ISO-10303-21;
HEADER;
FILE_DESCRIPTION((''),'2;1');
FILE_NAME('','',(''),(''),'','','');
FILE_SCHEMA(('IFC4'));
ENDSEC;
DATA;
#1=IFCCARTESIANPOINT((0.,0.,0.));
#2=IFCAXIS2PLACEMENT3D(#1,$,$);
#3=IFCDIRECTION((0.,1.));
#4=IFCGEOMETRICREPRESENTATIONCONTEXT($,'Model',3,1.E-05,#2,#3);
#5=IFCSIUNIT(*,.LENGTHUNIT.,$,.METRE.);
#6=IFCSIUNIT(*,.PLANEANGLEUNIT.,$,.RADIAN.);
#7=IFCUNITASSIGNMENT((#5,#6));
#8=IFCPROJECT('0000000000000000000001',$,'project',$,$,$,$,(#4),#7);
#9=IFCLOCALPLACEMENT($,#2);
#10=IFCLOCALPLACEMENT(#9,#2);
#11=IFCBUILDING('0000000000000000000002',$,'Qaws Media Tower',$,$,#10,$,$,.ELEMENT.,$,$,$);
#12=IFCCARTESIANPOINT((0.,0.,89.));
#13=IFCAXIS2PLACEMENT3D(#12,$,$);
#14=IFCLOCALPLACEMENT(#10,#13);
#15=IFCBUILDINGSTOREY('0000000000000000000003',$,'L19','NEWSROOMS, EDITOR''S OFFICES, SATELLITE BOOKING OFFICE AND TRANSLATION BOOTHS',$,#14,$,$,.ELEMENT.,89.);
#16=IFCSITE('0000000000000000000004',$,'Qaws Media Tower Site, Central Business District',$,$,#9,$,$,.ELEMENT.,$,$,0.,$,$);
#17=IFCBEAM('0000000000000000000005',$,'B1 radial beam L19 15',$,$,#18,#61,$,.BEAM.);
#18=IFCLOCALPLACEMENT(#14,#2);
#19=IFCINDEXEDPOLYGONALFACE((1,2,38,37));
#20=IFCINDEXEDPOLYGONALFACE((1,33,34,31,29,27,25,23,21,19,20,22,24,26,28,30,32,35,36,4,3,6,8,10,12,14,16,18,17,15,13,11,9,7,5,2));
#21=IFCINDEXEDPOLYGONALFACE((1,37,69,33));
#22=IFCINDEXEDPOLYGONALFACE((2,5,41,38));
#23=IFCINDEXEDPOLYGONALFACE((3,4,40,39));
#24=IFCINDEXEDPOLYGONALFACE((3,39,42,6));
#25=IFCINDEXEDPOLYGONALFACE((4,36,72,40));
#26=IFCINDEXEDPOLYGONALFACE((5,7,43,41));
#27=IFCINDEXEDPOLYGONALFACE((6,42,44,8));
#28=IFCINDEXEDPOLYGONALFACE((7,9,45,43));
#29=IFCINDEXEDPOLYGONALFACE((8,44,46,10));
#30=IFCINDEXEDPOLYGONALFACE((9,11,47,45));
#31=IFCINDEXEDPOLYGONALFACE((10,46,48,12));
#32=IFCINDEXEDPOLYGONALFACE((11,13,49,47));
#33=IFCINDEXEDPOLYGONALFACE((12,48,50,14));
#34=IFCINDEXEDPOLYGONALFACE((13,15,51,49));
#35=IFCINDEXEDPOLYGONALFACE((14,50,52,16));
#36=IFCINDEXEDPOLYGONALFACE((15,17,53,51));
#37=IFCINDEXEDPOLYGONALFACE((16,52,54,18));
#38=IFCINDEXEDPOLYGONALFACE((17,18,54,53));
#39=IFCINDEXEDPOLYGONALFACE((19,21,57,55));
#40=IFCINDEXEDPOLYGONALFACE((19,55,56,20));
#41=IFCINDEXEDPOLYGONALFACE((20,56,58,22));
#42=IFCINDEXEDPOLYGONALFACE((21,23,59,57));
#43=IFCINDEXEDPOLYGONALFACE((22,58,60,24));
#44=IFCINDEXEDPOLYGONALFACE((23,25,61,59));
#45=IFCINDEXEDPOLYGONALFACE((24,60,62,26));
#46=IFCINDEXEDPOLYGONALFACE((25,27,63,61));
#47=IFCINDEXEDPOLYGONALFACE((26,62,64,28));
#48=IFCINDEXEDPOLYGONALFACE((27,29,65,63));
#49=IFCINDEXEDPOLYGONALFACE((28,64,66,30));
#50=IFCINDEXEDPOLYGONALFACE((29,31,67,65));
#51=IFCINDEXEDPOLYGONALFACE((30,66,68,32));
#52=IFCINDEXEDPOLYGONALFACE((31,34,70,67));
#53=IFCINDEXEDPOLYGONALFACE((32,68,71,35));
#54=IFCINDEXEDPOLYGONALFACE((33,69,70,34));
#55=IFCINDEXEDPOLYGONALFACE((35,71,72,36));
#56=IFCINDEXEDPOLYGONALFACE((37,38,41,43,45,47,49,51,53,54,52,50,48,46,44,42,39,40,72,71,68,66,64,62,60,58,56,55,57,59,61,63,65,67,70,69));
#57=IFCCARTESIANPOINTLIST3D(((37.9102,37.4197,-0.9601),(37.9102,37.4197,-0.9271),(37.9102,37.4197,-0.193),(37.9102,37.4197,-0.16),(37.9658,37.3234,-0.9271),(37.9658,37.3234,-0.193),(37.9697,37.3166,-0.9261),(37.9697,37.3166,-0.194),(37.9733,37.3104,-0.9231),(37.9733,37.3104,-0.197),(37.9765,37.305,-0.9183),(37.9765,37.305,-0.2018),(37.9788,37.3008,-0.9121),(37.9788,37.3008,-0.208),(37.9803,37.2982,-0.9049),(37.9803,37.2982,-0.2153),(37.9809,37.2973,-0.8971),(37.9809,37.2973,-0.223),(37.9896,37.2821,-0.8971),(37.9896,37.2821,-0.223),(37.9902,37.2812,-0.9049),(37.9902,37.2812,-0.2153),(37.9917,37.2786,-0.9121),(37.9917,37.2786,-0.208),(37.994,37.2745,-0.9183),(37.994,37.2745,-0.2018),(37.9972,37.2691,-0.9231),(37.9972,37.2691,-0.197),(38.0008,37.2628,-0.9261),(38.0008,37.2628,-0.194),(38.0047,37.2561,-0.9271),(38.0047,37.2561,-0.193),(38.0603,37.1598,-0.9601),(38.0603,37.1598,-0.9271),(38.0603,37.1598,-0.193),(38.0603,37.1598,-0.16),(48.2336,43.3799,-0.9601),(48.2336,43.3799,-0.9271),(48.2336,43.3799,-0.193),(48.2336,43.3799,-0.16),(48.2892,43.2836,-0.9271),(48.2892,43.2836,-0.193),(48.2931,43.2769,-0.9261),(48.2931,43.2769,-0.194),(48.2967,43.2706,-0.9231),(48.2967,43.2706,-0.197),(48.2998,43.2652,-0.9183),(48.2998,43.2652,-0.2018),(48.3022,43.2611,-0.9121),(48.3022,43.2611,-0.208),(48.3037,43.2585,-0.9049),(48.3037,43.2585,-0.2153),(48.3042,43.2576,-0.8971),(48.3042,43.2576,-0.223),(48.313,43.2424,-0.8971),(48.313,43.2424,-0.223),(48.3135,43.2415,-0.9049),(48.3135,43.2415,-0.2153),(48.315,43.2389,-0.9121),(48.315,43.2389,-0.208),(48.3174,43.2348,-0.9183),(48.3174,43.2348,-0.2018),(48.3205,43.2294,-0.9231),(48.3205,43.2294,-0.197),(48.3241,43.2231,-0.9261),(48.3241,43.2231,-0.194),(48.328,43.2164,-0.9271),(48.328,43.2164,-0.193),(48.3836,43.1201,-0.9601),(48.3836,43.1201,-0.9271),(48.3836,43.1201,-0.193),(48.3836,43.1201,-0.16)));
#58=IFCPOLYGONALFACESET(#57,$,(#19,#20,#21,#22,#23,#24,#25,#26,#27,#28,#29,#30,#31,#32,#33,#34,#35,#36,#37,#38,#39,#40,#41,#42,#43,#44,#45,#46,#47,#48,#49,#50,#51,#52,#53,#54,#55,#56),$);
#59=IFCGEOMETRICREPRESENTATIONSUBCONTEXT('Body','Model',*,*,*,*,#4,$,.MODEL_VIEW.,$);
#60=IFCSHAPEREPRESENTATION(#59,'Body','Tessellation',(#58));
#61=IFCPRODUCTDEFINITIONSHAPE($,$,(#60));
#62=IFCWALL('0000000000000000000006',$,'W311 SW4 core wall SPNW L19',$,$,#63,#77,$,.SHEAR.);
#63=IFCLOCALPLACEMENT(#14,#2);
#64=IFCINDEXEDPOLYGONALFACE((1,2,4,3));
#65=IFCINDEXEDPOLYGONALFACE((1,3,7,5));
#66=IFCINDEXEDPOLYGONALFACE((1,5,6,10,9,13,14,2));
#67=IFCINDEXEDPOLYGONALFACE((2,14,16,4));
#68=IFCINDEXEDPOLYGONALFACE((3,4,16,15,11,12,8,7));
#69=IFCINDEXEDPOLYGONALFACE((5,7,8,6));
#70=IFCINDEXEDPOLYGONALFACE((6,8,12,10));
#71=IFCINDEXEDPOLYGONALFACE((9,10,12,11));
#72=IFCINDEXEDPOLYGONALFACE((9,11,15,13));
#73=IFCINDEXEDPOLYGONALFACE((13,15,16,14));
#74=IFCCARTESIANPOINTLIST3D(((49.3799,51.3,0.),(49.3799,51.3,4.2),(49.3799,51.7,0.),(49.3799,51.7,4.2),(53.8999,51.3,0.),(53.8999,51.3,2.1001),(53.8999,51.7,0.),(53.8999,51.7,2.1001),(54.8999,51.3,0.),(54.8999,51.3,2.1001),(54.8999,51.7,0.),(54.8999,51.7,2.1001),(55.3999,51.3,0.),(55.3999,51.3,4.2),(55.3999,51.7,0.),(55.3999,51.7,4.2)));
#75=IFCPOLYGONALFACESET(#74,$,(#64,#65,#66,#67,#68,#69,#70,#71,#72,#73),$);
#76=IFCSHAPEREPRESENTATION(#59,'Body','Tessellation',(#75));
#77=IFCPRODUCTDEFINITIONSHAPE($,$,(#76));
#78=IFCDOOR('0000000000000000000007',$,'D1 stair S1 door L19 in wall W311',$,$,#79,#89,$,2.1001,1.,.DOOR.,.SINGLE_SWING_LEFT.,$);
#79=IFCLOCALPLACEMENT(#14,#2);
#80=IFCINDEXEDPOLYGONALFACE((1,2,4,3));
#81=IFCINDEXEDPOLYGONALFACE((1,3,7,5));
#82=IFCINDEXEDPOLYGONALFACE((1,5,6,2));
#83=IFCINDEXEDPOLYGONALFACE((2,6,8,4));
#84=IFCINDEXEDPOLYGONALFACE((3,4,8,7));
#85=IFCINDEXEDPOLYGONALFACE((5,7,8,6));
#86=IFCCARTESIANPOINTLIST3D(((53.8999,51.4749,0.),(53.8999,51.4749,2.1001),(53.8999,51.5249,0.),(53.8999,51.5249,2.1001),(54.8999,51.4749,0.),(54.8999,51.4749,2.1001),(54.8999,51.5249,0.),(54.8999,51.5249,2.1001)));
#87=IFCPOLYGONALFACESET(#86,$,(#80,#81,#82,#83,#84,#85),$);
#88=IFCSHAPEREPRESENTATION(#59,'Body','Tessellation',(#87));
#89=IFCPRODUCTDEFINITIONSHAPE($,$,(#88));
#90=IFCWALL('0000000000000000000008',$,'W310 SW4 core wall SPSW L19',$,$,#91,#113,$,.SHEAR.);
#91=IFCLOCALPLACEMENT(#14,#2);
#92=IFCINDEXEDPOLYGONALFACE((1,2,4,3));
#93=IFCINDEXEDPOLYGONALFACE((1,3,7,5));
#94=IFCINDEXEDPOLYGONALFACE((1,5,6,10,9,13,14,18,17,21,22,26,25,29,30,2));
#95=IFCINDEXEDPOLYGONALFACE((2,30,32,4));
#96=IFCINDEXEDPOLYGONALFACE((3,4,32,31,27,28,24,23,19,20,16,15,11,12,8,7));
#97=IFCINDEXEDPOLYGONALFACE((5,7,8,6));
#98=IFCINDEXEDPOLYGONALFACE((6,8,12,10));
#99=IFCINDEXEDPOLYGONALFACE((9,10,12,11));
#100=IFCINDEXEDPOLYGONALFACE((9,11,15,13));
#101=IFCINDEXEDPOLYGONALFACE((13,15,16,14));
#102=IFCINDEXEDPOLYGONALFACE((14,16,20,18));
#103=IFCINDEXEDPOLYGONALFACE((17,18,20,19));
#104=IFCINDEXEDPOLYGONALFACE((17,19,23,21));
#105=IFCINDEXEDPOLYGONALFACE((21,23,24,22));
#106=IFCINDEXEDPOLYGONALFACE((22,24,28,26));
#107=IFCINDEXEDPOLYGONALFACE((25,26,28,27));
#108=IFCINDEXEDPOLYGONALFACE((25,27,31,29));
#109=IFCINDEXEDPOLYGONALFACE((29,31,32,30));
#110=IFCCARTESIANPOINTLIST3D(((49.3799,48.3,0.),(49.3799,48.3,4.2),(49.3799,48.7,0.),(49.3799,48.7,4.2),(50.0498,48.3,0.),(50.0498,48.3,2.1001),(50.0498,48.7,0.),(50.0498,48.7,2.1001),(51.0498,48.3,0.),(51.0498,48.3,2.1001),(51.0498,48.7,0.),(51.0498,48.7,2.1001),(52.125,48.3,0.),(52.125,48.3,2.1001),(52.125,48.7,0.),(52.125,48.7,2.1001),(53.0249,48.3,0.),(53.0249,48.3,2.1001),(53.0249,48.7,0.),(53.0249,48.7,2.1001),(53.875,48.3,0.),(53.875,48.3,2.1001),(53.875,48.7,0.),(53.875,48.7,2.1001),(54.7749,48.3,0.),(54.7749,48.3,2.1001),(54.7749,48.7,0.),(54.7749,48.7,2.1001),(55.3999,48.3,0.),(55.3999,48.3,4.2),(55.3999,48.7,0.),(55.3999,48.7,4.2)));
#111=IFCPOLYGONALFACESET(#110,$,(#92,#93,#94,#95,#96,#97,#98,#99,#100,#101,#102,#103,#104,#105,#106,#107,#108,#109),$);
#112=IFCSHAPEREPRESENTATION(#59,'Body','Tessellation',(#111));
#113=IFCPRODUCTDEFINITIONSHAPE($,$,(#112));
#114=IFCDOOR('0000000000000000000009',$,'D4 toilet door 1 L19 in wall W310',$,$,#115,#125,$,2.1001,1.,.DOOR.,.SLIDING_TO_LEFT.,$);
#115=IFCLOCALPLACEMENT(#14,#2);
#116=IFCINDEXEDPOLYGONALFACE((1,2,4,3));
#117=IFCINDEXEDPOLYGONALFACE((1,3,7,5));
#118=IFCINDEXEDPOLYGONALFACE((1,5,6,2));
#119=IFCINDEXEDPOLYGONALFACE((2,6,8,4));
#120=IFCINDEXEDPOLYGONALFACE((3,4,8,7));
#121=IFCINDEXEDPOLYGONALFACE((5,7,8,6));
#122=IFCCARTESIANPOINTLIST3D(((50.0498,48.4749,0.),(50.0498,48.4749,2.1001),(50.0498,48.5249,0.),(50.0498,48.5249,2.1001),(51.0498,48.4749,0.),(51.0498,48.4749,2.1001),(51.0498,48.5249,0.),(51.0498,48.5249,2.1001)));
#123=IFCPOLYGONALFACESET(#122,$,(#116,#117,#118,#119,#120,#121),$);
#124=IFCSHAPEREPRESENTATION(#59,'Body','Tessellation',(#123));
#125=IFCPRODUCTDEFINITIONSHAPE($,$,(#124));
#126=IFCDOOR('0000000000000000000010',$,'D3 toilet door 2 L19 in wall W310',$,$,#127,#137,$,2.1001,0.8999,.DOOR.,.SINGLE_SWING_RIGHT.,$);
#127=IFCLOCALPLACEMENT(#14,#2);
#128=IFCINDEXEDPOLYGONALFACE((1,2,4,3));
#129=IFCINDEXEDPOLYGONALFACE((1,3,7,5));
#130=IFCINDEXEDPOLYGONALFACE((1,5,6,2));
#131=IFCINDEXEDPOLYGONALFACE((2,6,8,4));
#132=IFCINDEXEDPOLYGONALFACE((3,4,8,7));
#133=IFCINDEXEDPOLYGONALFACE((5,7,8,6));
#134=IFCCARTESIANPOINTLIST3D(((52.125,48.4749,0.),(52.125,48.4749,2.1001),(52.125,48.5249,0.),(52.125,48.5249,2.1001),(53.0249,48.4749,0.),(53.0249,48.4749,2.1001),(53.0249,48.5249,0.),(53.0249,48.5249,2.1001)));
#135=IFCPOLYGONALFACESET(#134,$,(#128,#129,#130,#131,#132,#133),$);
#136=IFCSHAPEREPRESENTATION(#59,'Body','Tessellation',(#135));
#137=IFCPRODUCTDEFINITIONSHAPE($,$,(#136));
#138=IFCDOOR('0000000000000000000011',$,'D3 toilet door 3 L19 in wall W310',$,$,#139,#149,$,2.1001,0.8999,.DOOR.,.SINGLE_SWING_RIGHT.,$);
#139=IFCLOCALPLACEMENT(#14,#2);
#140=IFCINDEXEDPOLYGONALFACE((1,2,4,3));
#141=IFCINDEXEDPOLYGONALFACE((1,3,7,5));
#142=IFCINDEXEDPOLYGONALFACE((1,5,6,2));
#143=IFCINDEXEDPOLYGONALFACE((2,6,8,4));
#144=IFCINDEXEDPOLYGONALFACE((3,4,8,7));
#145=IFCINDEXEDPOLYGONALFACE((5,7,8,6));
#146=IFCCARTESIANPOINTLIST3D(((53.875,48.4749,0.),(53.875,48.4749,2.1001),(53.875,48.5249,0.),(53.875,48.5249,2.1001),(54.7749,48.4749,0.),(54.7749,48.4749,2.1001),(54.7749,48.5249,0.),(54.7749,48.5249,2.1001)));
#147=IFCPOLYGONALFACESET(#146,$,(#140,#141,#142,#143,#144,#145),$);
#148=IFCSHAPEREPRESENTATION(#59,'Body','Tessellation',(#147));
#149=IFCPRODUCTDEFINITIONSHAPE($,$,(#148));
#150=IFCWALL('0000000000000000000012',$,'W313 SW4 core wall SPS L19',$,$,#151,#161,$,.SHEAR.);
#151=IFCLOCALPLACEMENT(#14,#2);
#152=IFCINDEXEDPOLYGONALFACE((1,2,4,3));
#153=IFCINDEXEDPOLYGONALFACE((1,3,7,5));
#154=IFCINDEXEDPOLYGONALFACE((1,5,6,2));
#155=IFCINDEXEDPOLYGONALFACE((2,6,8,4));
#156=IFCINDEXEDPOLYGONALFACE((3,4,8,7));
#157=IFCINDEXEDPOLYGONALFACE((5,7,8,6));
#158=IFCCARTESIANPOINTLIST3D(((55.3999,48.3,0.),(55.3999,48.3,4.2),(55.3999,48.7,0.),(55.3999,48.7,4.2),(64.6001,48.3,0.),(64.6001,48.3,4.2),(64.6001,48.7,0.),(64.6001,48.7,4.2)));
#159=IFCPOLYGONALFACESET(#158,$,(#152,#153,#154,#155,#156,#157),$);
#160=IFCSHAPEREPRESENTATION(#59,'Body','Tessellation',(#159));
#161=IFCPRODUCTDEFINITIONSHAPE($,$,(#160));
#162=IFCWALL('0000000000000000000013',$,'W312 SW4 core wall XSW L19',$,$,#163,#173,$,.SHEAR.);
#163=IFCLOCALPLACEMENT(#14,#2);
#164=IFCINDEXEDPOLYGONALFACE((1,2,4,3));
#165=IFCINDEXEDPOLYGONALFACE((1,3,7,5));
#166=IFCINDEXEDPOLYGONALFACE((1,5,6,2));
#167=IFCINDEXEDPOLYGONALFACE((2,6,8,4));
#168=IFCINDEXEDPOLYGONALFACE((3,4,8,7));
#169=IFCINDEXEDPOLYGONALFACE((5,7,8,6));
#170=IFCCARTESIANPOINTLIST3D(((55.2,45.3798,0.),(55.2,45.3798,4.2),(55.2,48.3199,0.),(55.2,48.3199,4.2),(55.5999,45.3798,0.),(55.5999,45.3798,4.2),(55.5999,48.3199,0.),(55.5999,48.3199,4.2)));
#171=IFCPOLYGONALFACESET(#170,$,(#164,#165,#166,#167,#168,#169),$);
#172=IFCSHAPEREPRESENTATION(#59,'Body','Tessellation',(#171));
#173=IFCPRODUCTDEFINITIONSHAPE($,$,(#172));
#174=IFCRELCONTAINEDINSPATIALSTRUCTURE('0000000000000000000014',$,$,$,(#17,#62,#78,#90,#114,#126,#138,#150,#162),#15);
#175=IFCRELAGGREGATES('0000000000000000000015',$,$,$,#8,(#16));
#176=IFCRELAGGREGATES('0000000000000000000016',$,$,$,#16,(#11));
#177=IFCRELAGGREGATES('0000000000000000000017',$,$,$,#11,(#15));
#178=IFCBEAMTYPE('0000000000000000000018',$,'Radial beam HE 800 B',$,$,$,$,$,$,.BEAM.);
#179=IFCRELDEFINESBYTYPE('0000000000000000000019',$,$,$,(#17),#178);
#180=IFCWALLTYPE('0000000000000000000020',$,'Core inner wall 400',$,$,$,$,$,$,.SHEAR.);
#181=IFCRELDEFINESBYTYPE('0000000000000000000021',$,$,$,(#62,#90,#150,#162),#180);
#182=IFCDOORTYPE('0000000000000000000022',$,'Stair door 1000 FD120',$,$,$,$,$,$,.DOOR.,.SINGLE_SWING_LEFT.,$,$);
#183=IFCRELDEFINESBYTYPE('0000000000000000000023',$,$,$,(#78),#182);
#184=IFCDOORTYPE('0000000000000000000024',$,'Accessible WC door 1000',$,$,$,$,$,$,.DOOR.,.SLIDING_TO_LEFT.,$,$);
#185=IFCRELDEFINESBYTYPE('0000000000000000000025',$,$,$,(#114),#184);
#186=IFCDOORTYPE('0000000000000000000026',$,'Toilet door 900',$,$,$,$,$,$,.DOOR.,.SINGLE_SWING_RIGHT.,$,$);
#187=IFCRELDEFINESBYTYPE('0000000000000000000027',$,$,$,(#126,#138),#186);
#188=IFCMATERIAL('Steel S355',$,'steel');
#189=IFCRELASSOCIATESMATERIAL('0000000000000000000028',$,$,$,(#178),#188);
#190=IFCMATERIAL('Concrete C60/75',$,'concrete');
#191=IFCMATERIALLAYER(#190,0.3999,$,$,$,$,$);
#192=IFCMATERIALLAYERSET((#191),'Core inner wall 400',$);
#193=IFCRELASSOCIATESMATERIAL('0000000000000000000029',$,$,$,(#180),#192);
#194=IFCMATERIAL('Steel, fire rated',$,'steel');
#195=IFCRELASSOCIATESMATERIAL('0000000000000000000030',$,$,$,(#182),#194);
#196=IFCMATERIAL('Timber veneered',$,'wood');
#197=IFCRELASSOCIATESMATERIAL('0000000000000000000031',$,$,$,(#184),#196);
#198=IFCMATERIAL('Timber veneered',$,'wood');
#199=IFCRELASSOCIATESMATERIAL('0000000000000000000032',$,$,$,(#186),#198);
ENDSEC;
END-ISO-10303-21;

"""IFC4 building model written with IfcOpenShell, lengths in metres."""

from ifc_helpers import new_model, si_unit, direction, frame, frame_2d, origin, origin_2d, place, context, subcontext, project, spatial, rectangle, i_section, extrude, material, layer, layer_set, material_profile, profile_set, type_object, element, fill, save


model = new_model("IFC4")

# Units and contexts
model_context = context("Model", 3, precision=1e-05, world=origin(), true_north=direction((0.0, 1.0)))
body_context = subcontext(model_context, "Body", "Model", "MODEL_VIEW")
ifc_project = project(units=[si_unit("LENGTHUNIT", "METRE"), si_unit("PLANEANGLEUNIT", "RADIAN")], contexts=[model_context])

# Site, building, storey
site_placement = place(None, origin())
site = spatial("IfcSite", under=ifc_project, at=site_placement, Name="Qaws Media Tower Site, Central Business District", CompositionType="ELEMENT", RefElevation=0.0)
building_placement = place(site_placement, origin())
building = spatial("IfcBuilding", under=site, at=building_placement, Name="Qaws Media Tower", CompositionType="ELEMENT")
storey_placement = place(building_placement, frame((0.0, 0.0, 89.0)))
storey = spatial("IfcBuildingStorey", under=building, at=storey_placement, Name="L19", Description="NEWSROOMS, EDITOR'S OFFICES, SATELLITE BOOKING OFFICE AND TRANSLATION BOOTHS", CompositionType="ELEMENT", Elevation=89.0)

# Beam
ifc_material_1 = material(Name="Steel S355", Category="steel")
ifc_material_profile_1 = material_profile(ifc_material_1, i_section(OverallWidth=0.3, OverallDepth=0.8, WebThickness=0.0176, FlangeThickness=0.033, FilletRadius=0.03, at=origin_2d()), Name="HE 800 B")
ifc_profile_set_1 = profile_set([ifc_material_profile_1], Name="Steel S355")
beam_type_1 = type_object("IfcBeamType", Name="Radial beam HE 800 B", PredefinedType="BEAM", material=ifc_profile_set_1)
beam_1_placement = place(storey_placement, frame((48.3086, 43.25, -0.5601), z_axis=(-0.866023, -0.500005, 0.0), x_axis=(0.500005, -0.866023, 0.0)))
element("IfcBeam", 1, at=beam_1_placement, inside=storey, type_object=beam_type_1, Name="B1 radial beam L19 15", PredefinedType="BEAM", context=body_context, shape_type="SweptSolid", body=[
    extrude(i_section(OverallWidth=0.3, OverallDepth=0.8, WebThickness=0.0176, FlangeThickness=0.033, FilletRadius=0.03, at=origin_2d()), origin(), (0.0, 0.0, 1.0), 11.9204),
])

# Wall, opening, door
ifc_material_2 = material(Name="Concrete C60/75", Category="concrete")
ifc_layer_1 = layer(ifc_material_2, 0.3999)
ifc_layer_set_1 = layer_set([ifc_layer_1], Name="Core inner wall 400")
wall_type_1 = type_object("IfcWallType", Name="Core inner wall 400", PredefinedType="SHEAR", material=ifc_layer_set_1)
wall_1_placement = place(storey_placement, frame((49.3799, 51.5, 0.0), z_axis=(0.0, 0.0, 1.0), x_axis=(1.0, 0.0, 0.0)))
wall_1 = element("IfcWall", 2, at=wall_1_placement, inside=storey, type_object=wall_type_1, Name="W311 SW4 core wall SPNW L19", PredefinedType="SHEAR", context=body_context, shape_type="SweptSolid", body=[
    extrude(rectangle(XDim=6.02, YDim=0.3999, at=frame_2d((3.01, 0.0))), origin(), (0.0, 0.0, 1.0), 4.2),
])
opening_1_placement = place(wall_1_placement, frame((4.52, 0.0, 0.0)))
opening_1 = element("IfcOpeningElement", 3, at=opening_1_placement, cuts=wall_1, PredefinedType="OPENING", context=body_context, shape_type="SweptSolid", body=[
    extrude(rectangle(XDim=1.0, YDim=2.1001, at=frame_2d((0.5, 1.05))), frame((0.0, 0.21, 0.0), z_axis=(0.0, -1.0, 0.0), x_axis=(1.0, 0.0, 0.0)), (0.0, 0.0, 1.0), 0.4199),
])
ifc_material_3 = material(Name="Steel, fire rated", Category="steel")
door_type_1 = type_object("IfcDoorType", Name="Stair door 1000 FD120", OperationType="SINGLE_SWING_LEFT", PredefinedType="DOOR", material=ifc_material_3)
door_1_placement = place(opening_1_placement, origin())
door_1 = element("IfcDoor", 4, at=door_1_placement, inside=storey, type_object=door_type_1, Name="D1 stair S1 door L19 in wall W311", OperationType="SINGLE_SWING_LEFT", OverallHeight=2.1001, OverallWidth=1.0, PredefinedType="DOOR", context=body_context, shape_type="SweptSolid", body=[
    extrude(rectangle(XDim=1.0, YDim=2.1001, at=frame_2d((0.5, 1.05))), frame((0.0, 0.0249, 0.0), z_axis=(0.0, -1.0, 0.0), x_axis=(1.0, 0.0, 0.0)), (0.0, 0.0, 1.0), 0.05),
])
fill(opening_1, door_1)

# Wall, openings, doors
wall_2_placement = place(storey_placement, frame((49.3799, 48.5, 0.0), z_axis=(0.0, 0.0, 1.0), x_axis=(1.0, 0.0, 0.0)))
wall_2 = element("IfcWall", 5, at=wall_2_placement, inside=storey, type_object=wall_type_1, Name="W310 SW4 core wall SPSW L19", PredefinedType="SHEAR", context=body_context, shape_type="SweptSolid", body=[
    extrude(rectangle(XDim=6.02, YDim=0.3999, at=frame_2d((3.01, 0.0))), origin(), (0.0, 0.0, 1.0), 4.2),
])
opening_2_placement = place(wall_2_placement, frame((0.6699, 0.0, 0.0)))
opening_2 = element("IfcOpeningElement", 6, at=opening_2_placement, cuts=wall_2, PredefinedType="OPENING", context=body_context, shape_type="SweptSolid", body=[
    extrude(rectangle(XDim=1.0, YDim=2.1001, at=frame_2d((0.5, 1.05))), frame((0.0, 0.21, 0.0), z_axis=(0.0, -1.0, 0.0), x_axis=(1.0, 0.0, 0.0)), (0.0, 0.0, 1.0), 0.4199),
])
opening_3_placement = place(wall_2_placement, frame((2.7451, 0.0, 0.0)))
opening_3 = element("IfcOpeningElement", 7, at=opening_3_placement, cuts=wall_2, PredefinedType="OPENING", context=body_context, shape_type="SweptSolid", body=[
    extrude(rectangle(XDim=0.8999, YDim=2.1001, at=frame_2d((0.45, 1.05))), frame((0.0, 0.21, 0.0), z_axis=(0.0, -1.0, 0.0), x_axis=(1.0, 0.0, 0.0)), (0.0, 0.0, 1.0), 0.4199),
])
opening_4_placement = place(wall_2_placement, frame((4.4951, 0.0, 0.0)))
opening_4 = element("IfcOpeningElement", 8, at=opening_4_placement, cuts=wall_2, PredefinedType="OPENING", context=body_context, shape_type="SweptSolid", body=[
    extrude(rectangle(XDim=0.8999, YDim=2.1001, at=frame_2d((0.45, 1.05))), frame((0.0, 0.21, 0.0), z_axis=(0.0, -1.0, 0.0), x_axis=(1.0, 0.0, 0.0)), (0.0, 0.0, 1.0), 0.4199),
])
ifc_material_4 = material(Name="Timber veneered", Category="wood")
door_type_2 = type_object("IfcDoorType", Name="Accessible WC door 1000", OperationType="SLIDING_TO_LEFT", PredefinedType="DOOR", material=ifc_material_4)
door_2_placement = place(opening_2_placement, origin())
door_2 = element("IfcDoor", 9, at=door_2_placement, inside=storey, type_object=door_type_2, Name="D4 toilet door 1 L19 in wall W310", OperationType="SLIDING_TO_LEFT", OverallHeight=2.1001, OverallWidth=1.0, PredefinedType="DOOR", context=body_context, shape_type="SweptSolid", body=[
    extrude(rectangle(XDim=1.0, YDim=2.1001, at=frame_2d((0.5, 1.05))), frame((0.0, 0.0249, 0.0), z_axis=(0.0, -1.0, 0.0), x_axis=(1.0, 0.0, 0.0)), (0.0, 0.0, 1.0), 0.05),
])
fill(opening_2, door_2)
ifc_material_5 = material(Name="Timber veneered", Category="wood")
door_type_3 = type_object("IfcDoorType", Name="Toilet door 900", OperationType="SINGLE_SWING_RIGHT", PredefinedType="DOOR", material=ifc_material_5)
door_3_placement = place(opening_3_placement, origin())
door_3 = element("IfcDoor", 10, at=door_3_placement, inside=storey, type_object=door_type_3, Name="D3 toilet door 2 L19 in wall W310", OperationType="SINGLE_SWING_RIGHT", OverallHeight=2.1001, OverallWidth=0.8999, PredefinedType="DOOR", context=body_context, shape_type="SweptSolid", body=[
    extrude(rectangle(XDim=0.8999, YDim=2.1001, at=frame_2d((0.45, 1.05))), frame((0.0, 0.0249, 0.0), z_axis=(0.0, -1.0, 0.0), x_axis=(1.0, 0.0, 0.0)), (0.0, 0.0, 1.0), 0.05),
])
fill(opening_3, door_3)
door_4_placement = place(opening_4_placement, origin())
door_4 = element("IfcDoor", 11, at=door_4_placement, inside=storey, type_object=door_type_3, Name="D3 toilet door 3 L19 in wall W310", OperationType="SINGLE_SWING_RIGHT", OverallHeight=2.1001, OverallWidth=0.8999, PredefinedType="DOOR", context=body_context, shape_type="SweptSolid", body=[
    extrude(rectangle(XDim=0.8999, YDim=2.1001, at=frame_2d((0.45, 1.05))), frame((0.0, 0.0249, 0.0), z_axis=(0.0, -1.0, 0.0), x_axis=(1.0, 0.0, 0.0)), (0.0, 0.0, 1.0), 0.05),
])
fill(opening_4, door_4)

# Walls
wall_3_placement = place(storey_placement, frame((55.3999, 48.5, 0.0), z_axis=(0.0, 0.0, 1.0), x_axis=(1.0, 0.0, 0.0)))
element("IfcWall", 12, at=wall_3_placement, inside=storey, type_object=wall_type_1, Name="W313 SW4 core wall SPS L19", PredefinedType="SHEAR", context=body_context, shape_type="SweptSolid", body=[
    extrude(rectangle(XDim=9.2002, YDim=0.3999, at=frame_2d((4.6001, 0.0))), origin(), (0.0, 0.0, 1.0), 4.2),
])
wall_4_placement = place(storey_placement, frame((55.3999, 48.3201, 0.0), z_axis=(0.0, 0.0, 1.0), x_axis=(0.0, -1.0, 0.0)))
element("IfcWall", 13, at=wall_4_placement, inside=storey, type_object=wall_type_1, Name="W312 SW4 core wall XSW L19", PredefinedType="SHEAR", context=body_context, shape_type="SweptSolid", body=[
    extrude(rectangle(XDim=2.9402, YDim=0.3999, at=frame_2d((1.4702, 0.0))), origin(), (0.0, 0.0, 1.0), 4.2),
])

save(model, "model.ifc")
